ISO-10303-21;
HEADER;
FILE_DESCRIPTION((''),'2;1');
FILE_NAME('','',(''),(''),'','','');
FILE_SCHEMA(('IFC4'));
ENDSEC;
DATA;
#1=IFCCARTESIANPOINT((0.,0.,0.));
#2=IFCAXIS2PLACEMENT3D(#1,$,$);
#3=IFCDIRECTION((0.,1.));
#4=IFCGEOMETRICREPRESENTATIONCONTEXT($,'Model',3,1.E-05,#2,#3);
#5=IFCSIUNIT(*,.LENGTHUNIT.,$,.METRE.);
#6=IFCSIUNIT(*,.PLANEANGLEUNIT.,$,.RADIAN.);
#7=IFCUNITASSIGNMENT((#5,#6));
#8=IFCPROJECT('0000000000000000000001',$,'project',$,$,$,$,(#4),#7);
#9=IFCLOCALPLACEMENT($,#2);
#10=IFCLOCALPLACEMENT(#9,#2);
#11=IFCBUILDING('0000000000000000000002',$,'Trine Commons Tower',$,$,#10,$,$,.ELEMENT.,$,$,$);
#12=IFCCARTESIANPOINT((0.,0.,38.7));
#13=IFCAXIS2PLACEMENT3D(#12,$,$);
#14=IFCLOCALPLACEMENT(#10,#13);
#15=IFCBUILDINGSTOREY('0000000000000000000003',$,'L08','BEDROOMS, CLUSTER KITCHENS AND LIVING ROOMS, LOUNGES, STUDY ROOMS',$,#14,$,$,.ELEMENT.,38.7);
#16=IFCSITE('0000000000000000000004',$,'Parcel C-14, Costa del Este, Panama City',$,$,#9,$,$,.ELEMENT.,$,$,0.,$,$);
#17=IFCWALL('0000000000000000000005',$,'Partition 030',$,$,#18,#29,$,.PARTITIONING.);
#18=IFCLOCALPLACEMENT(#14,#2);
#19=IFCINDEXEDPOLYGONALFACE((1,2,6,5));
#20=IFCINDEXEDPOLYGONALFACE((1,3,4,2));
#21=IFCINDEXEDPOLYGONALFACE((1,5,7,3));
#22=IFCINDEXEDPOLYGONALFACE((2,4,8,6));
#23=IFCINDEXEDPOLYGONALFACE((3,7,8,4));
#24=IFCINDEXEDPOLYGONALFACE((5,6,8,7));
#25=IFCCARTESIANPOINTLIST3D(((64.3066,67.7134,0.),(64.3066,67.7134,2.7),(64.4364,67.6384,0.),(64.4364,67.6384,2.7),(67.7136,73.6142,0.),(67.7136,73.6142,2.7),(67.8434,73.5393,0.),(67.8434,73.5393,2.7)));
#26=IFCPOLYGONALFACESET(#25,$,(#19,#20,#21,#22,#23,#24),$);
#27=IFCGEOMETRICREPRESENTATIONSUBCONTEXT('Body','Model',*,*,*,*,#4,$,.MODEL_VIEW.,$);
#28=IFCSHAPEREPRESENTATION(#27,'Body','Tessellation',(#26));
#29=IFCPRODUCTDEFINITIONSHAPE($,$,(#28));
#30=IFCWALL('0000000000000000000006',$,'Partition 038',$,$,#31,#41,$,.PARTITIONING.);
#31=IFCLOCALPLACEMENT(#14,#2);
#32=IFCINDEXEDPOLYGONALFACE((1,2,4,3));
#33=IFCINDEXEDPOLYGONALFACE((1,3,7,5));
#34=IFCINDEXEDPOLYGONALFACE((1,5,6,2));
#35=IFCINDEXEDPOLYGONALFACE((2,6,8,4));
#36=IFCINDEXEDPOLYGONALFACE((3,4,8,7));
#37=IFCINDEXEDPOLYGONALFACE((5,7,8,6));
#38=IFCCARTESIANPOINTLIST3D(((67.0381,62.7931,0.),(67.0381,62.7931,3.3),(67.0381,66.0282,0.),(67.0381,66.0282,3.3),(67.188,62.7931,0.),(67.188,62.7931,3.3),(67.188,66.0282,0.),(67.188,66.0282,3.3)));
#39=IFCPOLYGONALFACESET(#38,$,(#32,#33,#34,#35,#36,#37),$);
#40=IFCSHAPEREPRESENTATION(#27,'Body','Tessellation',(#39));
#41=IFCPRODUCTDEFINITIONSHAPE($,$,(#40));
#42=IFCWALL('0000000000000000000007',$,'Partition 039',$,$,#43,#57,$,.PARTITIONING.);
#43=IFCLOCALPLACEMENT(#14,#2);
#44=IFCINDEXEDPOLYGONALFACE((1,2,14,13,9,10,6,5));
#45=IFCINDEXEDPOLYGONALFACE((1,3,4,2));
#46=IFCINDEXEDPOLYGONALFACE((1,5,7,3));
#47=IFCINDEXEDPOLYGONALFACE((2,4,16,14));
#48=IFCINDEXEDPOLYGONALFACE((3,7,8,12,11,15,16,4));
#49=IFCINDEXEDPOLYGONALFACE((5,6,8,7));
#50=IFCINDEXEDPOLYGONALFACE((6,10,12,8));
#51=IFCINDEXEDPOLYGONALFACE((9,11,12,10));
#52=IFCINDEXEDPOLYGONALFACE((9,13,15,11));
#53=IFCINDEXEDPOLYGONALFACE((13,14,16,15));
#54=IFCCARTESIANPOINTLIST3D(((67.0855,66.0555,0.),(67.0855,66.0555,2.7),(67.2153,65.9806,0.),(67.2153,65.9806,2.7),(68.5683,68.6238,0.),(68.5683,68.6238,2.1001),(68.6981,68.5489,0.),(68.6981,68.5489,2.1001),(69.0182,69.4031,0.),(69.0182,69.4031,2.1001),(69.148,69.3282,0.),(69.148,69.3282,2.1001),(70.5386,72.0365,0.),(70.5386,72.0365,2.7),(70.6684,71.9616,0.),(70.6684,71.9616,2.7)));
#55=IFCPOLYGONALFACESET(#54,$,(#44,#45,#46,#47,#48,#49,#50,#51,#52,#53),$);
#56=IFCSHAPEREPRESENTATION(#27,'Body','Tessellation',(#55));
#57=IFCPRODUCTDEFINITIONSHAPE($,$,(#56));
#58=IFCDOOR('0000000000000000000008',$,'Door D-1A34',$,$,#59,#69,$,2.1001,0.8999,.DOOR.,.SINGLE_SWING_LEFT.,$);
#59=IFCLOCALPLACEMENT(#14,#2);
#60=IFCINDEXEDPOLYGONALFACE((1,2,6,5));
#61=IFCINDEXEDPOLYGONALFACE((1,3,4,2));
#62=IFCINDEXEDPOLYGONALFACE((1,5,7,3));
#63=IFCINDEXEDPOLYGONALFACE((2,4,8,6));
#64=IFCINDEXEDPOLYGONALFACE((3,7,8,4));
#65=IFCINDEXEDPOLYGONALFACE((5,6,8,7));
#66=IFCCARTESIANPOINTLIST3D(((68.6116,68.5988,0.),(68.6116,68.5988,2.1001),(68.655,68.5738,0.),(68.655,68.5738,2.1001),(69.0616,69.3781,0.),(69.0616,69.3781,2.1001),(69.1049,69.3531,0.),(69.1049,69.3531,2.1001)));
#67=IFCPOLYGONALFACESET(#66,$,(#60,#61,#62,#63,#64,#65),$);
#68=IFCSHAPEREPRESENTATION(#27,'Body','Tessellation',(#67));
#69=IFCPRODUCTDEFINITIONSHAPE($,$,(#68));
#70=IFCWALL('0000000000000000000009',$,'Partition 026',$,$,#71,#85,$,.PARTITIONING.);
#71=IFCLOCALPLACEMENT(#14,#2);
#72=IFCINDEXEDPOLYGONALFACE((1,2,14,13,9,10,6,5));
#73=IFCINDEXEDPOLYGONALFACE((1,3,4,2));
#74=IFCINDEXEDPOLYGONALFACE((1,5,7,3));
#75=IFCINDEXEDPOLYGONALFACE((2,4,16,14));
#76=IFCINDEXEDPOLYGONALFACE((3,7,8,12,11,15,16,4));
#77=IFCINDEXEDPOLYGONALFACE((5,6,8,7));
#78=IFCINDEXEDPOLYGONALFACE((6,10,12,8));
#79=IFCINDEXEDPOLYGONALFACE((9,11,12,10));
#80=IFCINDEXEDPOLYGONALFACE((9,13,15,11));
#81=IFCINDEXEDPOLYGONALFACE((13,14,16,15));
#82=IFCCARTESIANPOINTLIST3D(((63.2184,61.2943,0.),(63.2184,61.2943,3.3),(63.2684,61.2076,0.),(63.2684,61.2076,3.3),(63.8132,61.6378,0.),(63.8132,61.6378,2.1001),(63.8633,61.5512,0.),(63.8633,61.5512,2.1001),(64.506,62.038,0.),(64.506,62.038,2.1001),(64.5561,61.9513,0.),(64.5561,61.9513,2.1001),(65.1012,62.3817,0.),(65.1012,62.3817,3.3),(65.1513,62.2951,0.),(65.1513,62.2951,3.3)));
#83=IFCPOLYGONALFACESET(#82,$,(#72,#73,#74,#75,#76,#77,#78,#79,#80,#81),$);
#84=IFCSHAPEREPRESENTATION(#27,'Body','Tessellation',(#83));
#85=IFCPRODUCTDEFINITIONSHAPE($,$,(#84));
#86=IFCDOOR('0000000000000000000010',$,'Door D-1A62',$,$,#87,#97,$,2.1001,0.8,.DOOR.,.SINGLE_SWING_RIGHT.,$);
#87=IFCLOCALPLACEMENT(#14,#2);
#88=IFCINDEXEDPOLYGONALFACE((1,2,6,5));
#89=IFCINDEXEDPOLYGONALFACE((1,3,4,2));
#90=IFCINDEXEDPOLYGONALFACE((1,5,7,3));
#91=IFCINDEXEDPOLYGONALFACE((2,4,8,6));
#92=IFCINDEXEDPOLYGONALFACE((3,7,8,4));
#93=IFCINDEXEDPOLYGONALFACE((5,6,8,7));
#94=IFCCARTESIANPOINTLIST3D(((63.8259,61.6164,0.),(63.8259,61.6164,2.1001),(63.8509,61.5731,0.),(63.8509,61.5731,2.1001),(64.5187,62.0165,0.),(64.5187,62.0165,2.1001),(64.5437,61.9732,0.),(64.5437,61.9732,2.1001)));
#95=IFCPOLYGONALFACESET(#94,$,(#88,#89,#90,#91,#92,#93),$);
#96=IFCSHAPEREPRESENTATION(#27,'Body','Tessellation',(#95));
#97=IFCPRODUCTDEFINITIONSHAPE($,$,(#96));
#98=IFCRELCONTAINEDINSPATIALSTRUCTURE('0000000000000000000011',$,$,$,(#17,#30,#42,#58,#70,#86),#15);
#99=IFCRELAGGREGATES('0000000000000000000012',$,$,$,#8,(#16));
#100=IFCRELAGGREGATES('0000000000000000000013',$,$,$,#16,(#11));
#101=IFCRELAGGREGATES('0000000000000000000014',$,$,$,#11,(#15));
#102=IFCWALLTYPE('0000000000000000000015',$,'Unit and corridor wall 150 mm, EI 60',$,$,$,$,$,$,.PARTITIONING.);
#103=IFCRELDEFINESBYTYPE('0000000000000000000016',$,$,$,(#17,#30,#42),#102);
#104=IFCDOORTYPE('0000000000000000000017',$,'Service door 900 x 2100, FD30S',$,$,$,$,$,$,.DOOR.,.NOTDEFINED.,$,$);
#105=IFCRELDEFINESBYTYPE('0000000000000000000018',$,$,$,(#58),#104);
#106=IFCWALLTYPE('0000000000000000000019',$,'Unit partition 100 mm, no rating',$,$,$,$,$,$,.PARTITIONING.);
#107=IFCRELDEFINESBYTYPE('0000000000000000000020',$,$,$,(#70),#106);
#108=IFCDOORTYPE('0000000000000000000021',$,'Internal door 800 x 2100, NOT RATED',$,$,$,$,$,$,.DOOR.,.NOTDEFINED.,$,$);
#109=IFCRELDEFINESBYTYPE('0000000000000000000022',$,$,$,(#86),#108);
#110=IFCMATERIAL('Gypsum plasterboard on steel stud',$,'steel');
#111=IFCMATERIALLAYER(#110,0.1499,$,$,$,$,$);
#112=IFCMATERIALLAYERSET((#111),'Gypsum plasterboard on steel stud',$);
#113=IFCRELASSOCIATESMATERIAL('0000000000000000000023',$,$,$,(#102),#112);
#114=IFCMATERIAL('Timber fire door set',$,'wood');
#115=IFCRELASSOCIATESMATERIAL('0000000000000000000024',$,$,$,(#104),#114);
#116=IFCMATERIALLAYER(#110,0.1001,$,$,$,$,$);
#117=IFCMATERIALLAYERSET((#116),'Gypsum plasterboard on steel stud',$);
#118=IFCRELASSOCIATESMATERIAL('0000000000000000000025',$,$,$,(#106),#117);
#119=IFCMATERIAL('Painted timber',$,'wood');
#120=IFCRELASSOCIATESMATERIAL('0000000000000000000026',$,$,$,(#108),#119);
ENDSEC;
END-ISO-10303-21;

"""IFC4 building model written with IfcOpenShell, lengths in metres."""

from ifc_helpers import new_model, si_unit, direction, frame, frame_2d, origin, place, context, subcontext, project, spatial, rectangle, extrude, material, layer, layer_set, type_object, element, fill, save


model = new_model("IFC4")

# Units and contexts
model_context = context("Model", 3, precision=1e-05, world=origin(), true_north=direction((0.0, 1.0)))
body_context = subcontext(model_context, "Body", "Model", "MODEL_VIEW")
ifc_project = project(units=[si_unit("LENGTHUNIT", "METRE"), si_unit("PLANEANGLEUNIT", "RADIAN")], contexts=[model_context])

# Site, building, storey
site_placement = place(None, origin())
site = spatial("IfcSite", under=ifc_project, at=site_placement, Name="Parcel C-14, Costa del Este, Panama City", CompositionType="ELEMENT", RefElevation=0.0)
building_placement = place(site_placement, origin())
building = spatial("IfcBuilding", under=site, at=building_placement, Name="Trine Commons Tower", CompositionType="ELEMENT")
storey_placement = place(building_placement, frame((0.0, 0.0, 38.7)))
storey = spatial("IfcBuildingStorey", under=building, at=storey_placement, Name="L08", Description="BEDROOMS, CLUSTER KITCHENS AND LIVING ROOMS, LOUNGES, STUDY ROOMS", CompositionType="ELEMENT", Elevation=38.7)

# Shared definitions
ifc_material_1 = material(Name="Gypsum plasterboard on steel stud", Category="steel")
ifc_layer_1 = layer(ifc_material_1, 0.1499)
ifc_layer_set_1 = layer_set([ifc_layer_1], Name="Gypsum plasterboard on steel stud")
wall_type_1 = type_object("IfcWallType", Name="Unit and corridor wall 150 mm, EI 60", PredefinedType="PARTITIONING", material=ifc_layer_set_1)
ifc_material_2 = material(Name="Timber fire door set", Category="wood")

# Walls
wall_1_placement = place(storey_placement, frame((64.3716, 67.676, 0.0), z_axis=(0.0, 0.0, 1.0), x_axis=(0.500012, 0.866019, 0.0)))
element("IfcWall", 1, at=wall_1_placement, inside=storey, type_object=wall_type_1, Name="Partition 030", PredefinedType="PARTITIONING", context=body_context, shape_type="SweptSolid", body=[
    extrude(rectangle(XDim=6.8137, YDim=0.1499, at=frame_2d((3.4067, 0.0))), origin(), (0.0, 0.0, 1.0), 2.7),
])
wall_2_placement = place(storey_placement, frame((67.113, 62.793, 0.0), z_axis=(0.0, 0.0, 1.0), x_axis=(0.0, 1.0, 0.0)))
element("IfcWall", 2, at=wall_2_placement, inside=storey, type_object=wall_type_1, Name="Partition 038", PredefinedType="PARTITIONING", context=body_context, shape_type="SweptSolid", body=[
    extrude(rectangle(XDim=3.2351, YDim=0.1499, at=frame_2d((1.6177, 0.0))), origin(), (0.0, 0.0, 1.0), 3.3),
])

# Walls, openings, doors
wall_3_placement = place(storey_placement, frame((67.1504, 66.0181, 0.0), z_axis=(0.0, 0.0, 1.0), x_axis=(0.500002, 0.866024, 0.0)))
wall_3 = element("IfcWall", 3, at=wall_3_placement, inside=storey, type_object=wall_type_1, Name="Partition 039", PredefinedType="PARTITIONING", context=body_context, shape_type="SweptSolid", body=[
    extrude(rectangle(XDim=6.9062, YDim=0.1499, at=frame_2d((3.4531, 0.0))), origin(), (0.0, 0.0, 1.0), 2.7),
])
opening_1_placement = place(wall_3_placement, frame((2.9656, 0.0, 0.0)))
opening_1 = element("IfcOpeningElement", 4, at=opening_1_placement, cuts=wall_3, PredefinedType="OPENING", context=body_context, shape_type="SweptSolid", body=[
    extrude(rectangle(XDim=0.8999, YDim=2.1001, at=frame_2d((0.45, 1.05))), frame((0.0, 0.085, 0.0), z_axis=(0.0, -1.0, 0.0), x_axis=(1.0, 0.0, 0.0)), (0.0, 0.0, 1.0), 0.1699),
])
door_type_1 = type_object("IfcDoorType", Name="Service door 900 x 2100, FD30S", OperationType="NOTDEFINED", PredefinedType="DOOR", material=ifc_material_2)
door_1_placement = place(opening_1_placement, origin())
door_1 = element("IfcDoor", 5, at=door_1_placement, inside=storey, type_object=door_type_1, Name="Door D-1A34", OperationType="SINGLE_SWING_LEFT", OverallHeight=2.1001, OverallWidth=0.8999, PredefinedType="DOOR", context=body_context, shape_type="SweptSolid", body=[
    extrude(rectangle(XDim=0.8999, YDim=2.1001, at=frame_2d((0.45, 1.05))), frame((0.0, 0.0249, 0.0), z_axis=(0.0, -1.0, 0.0), x_axis=(1.0, 0.0, 0.0)), (0.0, 0.0, 1.0), 0.05),
])
fill(opening_1, door_1)
ifc_layer_2 = layer(ifc_material_1, 0.1001)
ifc_layer_set_2 = layer_set([ifc_layer_2], Name="Gypsum plasterboard on steel stud")
wall_type_2 = type_object("IfcWallType", Name="Unit partition 100 mm, no rating", PredefinedType="PARTITIONING", material=ifc_layer_set_2)
wall_4_placement = place(storey_placement, frame((63.2434, 61.251, 0.0), z_axis=(0.0, 0.0, 1.0), x_axis=(0.865954, 0.500124, 0.0)))
wall_4 = element("IfcWall", 6, at=wall_4_placement, inside=storey, type_object=wall_type_2, Name="Partition 026", PredefinedType="PARTITIONING", context=body_context, shape_type="SweptSolid", body=[
    extrude(rectangle(XDim=2.1743, YDim=0.1001, at=frame_2d((1.0872, 0.0))), origin(), (0.0, 0.0, 1.0), 3.3),
])
opening_2_placement = place(wall_4_placement, frame((0.687, 0.0, 0.0)))
opening_2 = element("IfcOpeningElement", 7, at=opening_2_placement, cuts=wall_4, PredefinedType="OPENING", context=body_context, shape_type="SweptSolid", body=[
    extrude(rectangle(XDim=0.8, YDim=2.1001, at=frame_2d((0.3999, 1.05))), frame((0.0, 0.0601, 0.0), z_axis=(0.0, -1.0, 0.0), x_axis=(1.0, 0.0, 0.0)), (0.0, 0.0, 1.0), 0.1201),
])
ifc_material_3 = material(Name="Painted timber", Category="wood")
door_type_2 = type_object("IfcDoorType", Name="Internal door 800 x 2100, NOT RATED", OperationType="NOTDEFINED", PredefinedType="DOOR", material=ifc_material_3)
door_2_placement = place(opening_2_placement, frame((0.8, 0.0, 0.0), z_axis=(0.0, 0.0, 1.0), x_axis=(-1.0, 0.0, 0.0)))
door_2 = element("IfcDoor", 8, at=door_2_placement, inside=storey, type_object=door_type_2, Name="Door D-1A62", OperationType="SINGLE_SWING_RIGHT", OverallHeight=2.1001, OverallWidth=0.8, PredefinedType="DOOR", context=body_context, shape_type="SweptSolid", body=[
    extrude(rectangle(XDim=0.8, YDim=2.1001, at=frame_2d((0.3999, 1.05))), frame((0.0, 0.0249, 0.0), z_axis=(0.0, -1.0, 0.0), x_axis=(1.0, 0.0, 0.0)), (0.0, 0.0, 1.0), 0.05),
])
fill(opening_2, door_2)

save(model, "model.ifc")
